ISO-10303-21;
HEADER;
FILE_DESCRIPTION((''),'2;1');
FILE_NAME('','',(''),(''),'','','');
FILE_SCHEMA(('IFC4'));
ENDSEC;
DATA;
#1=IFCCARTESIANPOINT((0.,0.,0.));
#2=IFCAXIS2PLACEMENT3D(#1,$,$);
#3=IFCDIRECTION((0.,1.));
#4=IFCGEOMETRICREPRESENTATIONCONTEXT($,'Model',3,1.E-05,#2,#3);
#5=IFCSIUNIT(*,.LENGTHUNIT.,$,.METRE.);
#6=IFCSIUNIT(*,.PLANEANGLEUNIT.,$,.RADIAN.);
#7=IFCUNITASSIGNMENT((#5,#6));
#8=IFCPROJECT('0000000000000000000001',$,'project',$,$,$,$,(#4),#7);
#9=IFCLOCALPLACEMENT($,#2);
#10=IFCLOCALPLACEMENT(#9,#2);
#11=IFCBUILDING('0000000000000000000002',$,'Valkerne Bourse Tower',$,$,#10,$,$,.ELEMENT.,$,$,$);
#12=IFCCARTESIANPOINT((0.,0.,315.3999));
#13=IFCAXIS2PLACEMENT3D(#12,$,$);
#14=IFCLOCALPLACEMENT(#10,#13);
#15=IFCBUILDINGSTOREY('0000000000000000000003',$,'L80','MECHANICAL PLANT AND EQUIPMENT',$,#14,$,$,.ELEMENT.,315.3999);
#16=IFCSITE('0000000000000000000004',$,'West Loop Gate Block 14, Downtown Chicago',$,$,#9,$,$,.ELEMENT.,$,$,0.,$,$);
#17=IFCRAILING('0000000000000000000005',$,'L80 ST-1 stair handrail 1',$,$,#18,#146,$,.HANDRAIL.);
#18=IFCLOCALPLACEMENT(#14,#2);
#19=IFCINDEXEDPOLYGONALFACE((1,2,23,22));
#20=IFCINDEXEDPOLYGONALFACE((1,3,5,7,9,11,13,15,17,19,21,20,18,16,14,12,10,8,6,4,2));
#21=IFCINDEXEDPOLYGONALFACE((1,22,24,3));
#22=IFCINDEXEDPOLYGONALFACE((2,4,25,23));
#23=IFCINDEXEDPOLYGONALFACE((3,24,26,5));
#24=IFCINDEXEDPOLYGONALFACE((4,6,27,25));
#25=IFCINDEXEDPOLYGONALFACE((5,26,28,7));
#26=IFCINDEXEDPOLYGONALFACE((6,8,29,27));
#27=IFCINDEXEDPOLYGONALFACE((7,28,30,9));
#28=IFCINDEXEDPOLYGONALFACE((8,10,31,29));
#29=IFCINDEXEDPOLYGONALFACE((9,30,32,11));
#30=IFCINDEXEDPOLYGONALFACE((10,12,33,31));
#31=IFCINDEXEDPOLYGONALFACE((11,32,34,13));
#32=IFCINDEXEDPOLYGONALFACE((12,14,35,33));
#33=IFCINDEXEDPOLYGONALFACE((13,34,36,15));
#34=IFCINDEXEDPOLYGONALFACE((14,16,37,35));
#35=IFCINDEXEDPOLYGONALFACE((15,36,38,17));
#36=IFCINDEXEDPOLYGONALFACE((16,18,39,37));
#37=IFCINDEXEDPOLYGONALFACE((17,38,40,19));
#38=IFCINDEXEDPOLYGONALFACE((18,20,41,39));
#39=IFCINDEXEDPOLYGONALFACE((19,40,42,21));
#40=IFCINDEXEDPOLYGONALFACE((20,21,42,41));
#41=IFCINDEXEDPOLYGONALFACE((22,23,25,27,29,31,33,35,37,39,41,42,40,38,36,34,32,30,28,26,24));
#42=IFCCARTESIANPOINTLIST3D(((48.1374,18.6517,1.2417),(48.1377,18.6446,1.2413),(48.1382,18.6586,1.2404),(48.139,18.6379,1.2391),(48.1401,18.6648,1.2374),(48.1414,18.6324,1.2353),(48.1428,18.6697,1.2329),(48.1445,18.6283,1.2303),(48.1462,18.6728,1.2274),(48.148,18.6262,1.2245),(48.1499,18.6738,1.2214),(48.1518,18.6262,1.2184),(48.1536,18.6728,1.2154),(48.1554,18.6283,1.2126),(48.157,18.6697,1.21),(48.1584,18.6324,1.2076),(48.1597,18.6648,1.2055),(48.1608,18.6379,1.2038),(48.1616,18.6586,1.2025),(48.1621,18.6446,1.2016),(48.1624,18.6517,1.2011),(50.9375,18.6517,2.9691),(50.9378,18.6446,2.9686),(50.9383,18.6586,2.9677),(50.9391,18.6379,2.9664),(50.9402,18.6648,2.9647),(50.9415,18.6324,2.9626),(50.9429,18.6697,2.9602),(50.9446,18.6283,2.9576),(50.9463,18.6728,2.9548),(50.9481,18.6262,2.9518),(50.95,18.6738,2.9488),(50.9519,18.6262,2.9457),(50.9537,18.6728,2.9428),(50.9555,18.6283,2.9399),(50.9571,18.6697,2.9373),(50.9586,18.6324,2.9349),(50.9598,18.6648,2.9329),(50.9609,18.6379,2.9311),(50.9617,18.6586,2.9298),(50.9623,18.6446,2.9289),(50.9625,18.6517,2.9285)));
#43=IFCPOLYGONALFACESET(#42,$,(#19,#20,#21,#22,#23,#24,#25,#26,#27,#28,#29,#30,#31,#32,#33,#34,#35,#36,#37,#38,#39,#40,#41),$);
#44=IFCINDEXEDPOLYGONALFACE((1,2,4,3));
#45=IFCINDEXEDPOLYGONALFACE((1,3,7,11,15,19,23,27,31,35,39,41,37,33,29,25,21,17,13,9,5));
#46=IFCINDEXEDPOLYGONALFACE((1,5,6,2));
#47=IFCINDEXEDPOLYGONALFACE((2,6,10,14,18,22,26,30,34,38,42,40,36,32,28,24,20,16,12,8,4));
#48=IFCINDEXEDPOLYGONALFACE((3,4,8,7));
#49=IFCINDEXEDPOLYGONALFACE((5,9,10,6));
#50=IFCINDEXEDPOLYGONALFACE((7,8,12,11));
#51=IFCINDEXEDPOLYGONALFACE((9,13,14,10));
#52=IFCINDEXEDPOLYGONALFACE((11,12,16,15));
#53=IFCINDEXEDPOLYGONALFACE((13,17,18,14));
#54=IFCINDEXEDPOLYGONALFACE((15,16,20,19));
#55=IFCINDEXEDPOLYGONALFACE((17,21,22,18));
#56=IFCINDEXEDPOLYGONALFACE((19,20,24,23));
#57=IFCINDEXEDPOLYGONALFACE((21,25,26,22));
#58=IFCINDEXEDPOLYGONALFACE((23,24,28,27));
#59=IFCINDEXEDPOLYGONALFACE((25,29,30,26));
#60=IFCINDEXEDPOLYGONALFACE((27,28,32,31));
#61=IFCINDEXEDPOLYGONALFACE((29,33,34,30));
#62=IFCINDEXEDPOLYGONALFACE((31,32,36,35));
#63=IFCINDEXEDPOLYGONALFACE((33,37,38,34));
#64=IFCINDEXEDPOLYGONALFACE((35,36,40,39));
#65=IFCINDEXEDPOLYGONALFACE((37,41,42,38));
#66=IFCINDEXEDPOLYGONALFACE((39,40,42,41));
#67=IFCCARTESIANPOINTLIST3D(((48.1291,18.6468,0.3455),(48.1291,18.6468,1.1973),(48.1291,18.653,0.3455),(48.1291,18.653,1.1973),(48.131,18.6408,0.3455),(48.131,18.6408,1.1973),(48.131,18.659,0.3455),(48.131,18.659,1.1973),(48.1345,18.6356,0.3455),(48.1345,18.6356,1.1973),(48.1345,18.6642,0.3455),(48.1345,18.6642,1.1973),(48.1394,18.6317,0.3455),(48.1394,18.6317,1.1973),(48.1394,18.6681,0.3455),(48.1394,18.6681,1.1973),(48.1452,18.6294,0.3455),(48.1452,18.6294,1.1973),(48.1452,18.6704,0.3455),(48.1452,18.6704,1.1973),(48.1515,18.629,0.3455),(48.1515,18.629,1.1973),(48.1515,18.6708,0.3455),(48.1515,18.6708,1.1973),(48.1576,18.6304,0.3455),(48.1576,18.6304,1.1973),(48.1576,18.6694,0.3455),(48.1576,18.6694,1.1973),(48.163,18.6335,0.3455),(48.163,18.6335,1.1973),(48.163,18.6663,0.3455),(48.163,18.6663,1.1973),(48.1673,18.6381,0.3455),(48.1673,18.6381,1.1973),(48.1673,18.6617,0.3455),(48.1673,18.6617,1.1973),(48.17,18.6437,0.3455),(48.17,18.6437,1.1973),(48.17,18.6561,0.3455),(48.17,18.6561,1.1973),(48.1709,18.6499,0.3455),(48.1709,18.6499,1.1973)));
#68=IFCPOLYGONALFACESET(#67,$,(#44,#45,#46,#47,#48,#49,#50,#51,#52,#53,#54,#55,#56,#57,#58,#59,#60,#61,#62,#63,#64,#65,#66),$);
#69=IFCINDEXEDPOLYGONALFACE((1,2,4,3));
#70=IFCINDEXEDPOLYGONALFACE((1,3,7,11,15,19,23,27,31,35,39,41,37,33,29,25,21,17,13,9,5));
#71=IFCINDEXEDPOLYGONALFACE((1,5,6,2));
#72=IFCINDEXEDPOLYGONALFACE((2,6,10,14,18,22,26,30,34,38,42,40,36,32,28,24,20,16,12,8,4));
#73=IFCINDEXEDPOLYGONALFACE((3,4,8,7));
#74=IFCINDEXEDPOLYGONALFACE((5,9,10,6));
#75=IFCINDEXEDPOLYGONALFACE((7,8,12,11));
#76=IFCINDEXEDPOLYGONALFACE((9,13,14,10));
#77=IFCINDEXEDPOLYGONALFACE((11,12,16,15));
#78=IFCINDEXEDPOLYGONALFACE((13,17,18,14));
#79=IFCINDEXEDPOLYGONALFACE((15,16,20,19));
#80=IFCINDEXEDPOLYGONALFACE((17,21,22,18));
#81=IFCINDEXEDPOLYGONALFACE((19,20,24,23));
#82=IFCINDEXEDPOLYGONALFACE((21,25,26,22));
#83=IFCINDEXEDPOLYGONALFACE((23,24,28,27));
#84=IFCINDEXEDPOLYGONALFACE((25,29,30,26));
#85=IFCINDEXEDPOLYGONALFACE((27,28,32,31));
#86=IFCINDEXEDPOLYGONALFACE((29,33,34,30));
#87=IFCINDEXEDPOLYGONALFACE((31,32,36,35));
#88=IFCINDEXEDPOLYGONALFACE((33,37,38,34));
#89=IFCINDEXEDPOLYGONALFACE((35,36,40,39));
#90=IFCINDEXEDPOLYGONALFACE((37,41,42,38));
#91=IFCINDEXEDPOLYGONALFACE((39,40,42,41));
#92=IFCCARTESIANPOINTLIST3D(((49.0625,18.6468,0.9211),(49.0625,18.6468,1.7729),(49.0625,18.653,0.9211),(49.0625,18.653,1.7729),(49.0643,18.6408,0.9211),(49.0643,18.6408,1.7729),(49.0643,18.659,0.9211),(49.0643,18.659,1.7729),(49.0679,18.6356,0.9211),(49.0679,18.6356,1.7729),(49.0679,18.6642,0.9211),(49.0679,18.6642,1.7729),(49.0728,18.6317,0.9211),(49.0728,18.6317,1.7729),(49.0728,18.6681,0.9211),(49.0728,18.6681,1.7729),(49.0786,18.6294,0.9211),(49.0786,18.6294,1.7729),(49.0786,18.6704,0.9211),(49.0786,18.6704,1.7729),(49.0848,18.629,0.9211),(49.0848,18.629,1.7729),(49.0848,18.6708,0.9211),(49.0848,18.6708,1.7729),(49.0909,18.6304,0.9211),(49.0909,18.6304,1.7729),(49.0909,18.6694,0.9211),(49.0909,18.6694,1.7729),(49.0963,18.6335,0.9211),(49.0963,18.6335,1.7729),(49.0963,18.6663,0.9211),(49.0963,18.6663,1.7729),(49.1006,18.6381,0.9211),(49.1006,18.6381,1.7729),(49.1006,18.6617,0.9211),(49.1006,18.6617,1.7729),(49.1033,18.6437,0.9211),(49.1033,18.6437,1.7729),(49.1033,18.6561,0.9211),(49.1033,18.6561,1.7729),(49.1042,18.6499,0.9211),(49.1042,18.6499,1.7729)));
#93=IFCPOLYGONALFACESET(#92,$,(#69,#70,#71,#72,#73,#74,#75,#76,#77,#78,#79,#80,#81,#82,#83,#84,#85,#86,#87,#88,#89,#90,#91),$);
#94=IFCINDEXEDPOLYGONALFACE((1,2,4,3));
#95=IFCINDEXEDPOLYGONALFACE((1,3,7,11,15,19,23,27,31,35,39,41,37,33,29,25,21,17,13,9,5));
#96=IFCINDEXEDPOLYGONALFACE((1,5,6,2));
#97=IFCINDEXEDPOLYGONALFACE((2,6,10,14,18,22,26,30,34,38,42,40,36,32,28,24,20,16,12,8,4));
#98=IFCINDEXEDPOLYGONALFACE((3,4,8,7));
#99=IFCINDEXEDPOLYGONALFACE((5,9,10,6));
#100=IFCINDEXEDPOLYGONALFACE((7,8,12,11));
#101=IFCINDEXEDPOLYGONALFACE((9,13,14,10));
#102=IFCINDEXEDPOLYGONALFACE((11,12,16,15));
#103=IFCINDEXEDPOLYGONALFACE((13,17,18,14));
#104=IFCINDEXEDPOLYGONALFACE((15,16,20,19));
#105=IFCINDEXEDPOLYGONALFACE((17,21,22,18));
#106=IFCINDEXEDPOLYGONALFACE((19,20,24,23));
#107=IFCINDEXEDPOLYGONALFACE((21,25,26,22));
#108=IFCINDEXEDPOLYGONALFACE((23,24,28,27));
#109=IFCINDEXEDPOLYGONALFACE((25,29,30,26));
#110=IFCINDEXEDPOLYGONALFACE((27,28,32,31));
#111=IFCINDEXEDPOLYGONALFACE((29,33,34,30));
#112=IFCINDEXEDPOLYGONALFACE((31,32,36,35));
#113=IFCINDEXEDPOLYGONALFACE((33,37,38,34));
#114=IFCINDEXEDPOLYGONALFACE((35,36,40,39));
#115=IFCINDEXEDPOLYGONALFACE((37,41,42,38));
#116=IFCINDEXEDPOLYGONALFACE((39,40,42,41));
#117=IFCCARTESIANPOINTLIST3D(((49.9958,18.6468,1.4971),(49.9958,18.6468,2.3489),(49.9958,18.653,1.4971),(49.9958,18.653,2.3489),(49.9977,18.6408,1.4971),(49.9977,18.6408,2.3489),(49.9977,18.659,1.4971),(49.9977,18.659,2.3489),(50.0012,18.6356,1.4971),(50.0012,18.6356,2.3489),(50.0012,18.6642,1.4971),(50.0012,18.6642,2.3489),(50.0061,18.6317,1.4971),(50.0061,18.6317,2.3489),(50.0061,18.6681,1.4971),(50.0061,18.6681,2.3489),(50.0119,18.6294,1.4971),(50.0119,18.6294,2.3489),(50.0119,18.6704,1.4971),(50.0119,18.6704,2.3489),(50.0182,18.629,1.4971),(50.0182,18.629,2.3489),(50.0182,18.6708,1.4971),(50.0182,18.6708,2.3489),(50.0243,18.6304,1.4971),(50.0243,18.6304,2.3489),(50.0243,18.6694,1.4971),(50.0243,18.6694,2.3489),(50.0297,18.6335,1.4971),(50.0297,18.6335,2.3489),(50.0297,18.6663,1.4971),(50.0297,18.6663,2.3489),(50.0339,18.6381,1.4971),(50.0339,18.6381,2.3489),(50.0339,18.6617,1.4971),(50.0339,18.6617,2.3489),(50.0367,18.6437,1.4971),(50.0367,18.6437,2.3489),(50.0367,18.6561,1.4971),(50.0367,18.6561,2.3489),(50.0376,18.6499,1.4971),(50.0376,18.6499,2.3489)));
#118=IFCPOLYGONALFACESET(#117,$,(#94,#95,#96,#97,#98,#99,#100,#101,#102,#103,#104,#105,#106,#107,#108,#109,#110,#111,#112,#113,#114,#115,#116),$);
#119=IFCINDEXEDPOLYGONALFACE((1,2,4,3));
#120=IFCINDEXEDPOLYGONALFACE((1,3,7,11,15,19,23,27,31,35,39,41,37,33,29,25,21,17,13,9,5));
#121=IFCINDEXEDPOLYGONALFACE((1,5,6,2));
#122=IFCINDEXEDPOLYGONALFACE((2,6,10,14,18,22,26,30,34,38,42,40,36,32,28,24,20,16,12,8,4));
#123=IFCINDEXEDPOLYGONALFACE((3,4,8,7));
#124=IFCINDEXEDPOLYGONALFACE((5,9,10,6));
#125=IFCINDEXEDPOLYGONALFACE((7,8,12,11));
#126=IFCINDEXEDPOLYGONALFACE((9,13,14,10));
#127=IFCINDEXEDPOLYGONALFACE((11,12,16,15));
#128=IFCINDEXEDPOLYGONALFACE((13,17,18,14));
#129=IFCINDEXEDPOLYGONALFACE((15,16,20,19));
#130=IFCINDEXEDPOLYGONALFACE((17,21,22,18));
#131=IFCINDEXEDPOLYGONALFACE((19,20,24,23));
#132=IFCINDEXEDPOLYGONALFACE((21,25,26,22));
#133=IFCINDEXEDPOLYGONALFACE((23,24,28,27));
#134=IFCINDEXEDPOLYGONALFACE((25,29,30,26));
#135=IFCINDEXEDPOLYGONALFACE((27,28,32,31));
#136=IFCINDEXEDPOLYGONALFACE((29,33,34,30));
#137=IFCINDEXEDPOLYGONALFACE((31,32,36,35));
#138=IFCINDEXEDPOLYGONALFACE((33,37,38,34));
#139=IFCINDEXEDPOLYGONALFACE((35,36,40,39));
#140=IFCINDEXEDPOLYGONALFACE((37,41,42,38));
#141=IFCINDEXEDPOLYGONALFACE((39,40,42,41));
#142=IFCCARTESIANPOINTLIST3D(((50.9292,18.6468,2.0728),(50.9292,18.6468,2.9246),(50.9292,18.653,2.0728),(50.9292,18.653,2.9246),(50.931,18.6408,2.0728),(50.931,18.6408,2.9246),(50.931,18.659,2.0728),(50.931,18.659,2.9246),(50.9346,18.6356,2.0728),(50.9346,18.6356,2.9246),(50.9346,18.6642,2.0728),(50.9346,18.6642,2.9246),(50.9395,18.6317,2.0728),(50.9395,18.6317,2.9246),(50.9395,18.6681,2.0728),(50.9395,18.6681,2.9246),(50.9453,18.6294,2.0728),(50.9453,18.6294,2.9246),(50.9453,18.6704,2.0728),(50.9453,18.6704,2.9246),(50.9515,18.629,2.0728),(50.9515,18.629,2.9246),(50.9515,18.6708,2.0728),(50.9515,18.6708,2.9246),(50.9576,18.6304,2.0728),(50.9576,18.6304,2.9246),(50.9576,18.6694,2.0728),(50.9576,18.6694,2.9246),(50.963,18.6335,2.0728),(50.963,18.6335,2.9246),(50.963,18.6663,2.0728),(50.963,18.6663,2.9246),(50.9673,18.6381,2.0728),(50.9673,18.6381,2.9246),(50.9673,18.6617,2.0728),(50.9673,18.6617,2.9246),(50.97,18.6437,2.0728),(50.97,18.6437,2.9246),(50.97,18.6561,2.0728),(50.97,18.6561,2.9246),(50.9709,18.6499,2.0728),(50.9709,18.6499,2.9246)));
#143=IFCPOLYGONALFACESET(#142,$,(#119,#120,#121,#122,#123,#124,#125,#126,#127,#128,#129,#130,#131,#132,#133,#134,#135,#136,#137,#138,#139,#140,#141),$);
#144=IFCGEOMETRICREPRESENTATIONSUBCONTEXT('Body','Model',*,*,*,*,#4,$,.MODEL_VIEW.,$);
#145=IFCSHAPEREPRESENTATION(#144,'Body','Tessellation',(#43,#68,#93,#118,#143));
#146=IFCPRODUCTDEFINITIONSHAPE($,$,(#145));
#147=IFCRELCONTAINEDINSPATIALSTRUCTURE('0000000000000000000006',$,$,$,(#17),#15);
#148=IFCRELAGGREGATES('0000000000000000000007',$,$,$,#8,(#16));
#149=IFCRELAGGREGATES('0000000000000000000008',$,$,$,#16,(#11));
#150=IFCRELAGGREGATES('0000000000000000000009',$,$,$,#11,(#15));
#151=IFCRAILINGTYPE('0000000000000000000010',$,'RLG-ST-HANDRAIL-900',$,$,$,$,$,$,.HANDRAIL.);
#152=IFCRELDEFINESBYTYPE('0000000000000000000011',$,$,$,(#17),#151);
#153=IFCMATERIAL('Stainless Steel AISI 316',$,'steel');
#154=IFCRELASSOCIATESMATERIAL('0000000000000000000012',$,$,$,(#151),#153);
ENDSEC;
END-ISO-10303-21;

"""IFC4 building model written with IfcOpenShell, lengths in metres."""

from ifc_helpers import new_model, si_unit, direction, frame, origin, origin_2d, place, context, subcontext, project, spatial, circle, extrude, material, type_object, element, save


model = new_model("IFC4")

# Units and contexts
model_context = context("Model", 3, precision=1e-05, world=origin(), true_north=direction((0.0, 1.0)))
body_context = subcontext(model_context, "Body", "Model", "MODEL_VIEW")
ifc_project = project(units=[si_unit("LENGTHUNIT", "METRE"), si_unit("PLANEANGLEUNIT", "RADIAN")], contexts=[model_context])

# Site, building, storey
site_placement = place(None, origin())
site = spatial("IfcSite", under=ifc_project, at=site_placement, Name="West Loop Gate Block 14, Downtown Chicago", CompositionType="ELEMENT", RefElevation=0.0)
building_placement = place(site_placement, origin())
building = spatial("IfcBuilding", under=site, at=building_placement, Name="Valkerne Bourse Tower", CompositionType="ELEMENT")
storey_placement = place(building_placement, frame((0.0, 0.0, 315.3999)))
storey = spatial("IfcBuildingStorey", under=building, at=storey_placement, Name="L80", Description="MECHANICAL PLANT AND EQUIPMENT", CompositionType="ELEMENT", Elevation=315.3999)

# Shared definitions
ifc_material_1 = material(Name="Stainless Steel AISI 316", Category="steel")

# Railing
railing_type_1 = type_object("IfcRailingType", Name="RLG-ST-HANDRAIL-900", PredefinedType="HANDRAIL", material=ifc_material_1)
railing_1_placement = place(storey_placement, frame((48.1499, 18.6499, 0.3455)))
element("IfcRailing", 1, at=railing_1_placement, inside=storey, type_object=railing_type_1, Name="L80 ST-1 stair handrail 1", PredefinedType="HANDRAIL", context=body_context, shape_type="SweptSolid", body=[
    extrude(circle(Radius=0.0239, at=origin_2d()), frame((0.0, 0.0, 0.876), z_axis=(0.85109, 0.0, 0.52502), x_axis=(0.0, 1.0, 0.0)), (0.0, 0.0, 1.0), 3.29),
    extrude(circle(Radius=0.021, at=origin_2d()), origin(), (0.0, 0.0, 1.0), 0.8518),
    extrude(circle(Radius=0.021, at=origin_2d()), frame((0.9333, 0.0, 0.5757)), (0.0, 0.0, 1.0), 0.8518),
    extrude(circle(Radius=0.021, at=origin_2d()), frame((1.8667, 0.0, 1.1516)), (0.0, 0.0, 1.0), 0.8518),
    extrude(circle(Radius=0.021, at=origin_2d()), frame((2.8, 0.0, 1.7273)), (0.0, 0.0, 1.0), 0.8518),
])

save(model, "model.ifc")
